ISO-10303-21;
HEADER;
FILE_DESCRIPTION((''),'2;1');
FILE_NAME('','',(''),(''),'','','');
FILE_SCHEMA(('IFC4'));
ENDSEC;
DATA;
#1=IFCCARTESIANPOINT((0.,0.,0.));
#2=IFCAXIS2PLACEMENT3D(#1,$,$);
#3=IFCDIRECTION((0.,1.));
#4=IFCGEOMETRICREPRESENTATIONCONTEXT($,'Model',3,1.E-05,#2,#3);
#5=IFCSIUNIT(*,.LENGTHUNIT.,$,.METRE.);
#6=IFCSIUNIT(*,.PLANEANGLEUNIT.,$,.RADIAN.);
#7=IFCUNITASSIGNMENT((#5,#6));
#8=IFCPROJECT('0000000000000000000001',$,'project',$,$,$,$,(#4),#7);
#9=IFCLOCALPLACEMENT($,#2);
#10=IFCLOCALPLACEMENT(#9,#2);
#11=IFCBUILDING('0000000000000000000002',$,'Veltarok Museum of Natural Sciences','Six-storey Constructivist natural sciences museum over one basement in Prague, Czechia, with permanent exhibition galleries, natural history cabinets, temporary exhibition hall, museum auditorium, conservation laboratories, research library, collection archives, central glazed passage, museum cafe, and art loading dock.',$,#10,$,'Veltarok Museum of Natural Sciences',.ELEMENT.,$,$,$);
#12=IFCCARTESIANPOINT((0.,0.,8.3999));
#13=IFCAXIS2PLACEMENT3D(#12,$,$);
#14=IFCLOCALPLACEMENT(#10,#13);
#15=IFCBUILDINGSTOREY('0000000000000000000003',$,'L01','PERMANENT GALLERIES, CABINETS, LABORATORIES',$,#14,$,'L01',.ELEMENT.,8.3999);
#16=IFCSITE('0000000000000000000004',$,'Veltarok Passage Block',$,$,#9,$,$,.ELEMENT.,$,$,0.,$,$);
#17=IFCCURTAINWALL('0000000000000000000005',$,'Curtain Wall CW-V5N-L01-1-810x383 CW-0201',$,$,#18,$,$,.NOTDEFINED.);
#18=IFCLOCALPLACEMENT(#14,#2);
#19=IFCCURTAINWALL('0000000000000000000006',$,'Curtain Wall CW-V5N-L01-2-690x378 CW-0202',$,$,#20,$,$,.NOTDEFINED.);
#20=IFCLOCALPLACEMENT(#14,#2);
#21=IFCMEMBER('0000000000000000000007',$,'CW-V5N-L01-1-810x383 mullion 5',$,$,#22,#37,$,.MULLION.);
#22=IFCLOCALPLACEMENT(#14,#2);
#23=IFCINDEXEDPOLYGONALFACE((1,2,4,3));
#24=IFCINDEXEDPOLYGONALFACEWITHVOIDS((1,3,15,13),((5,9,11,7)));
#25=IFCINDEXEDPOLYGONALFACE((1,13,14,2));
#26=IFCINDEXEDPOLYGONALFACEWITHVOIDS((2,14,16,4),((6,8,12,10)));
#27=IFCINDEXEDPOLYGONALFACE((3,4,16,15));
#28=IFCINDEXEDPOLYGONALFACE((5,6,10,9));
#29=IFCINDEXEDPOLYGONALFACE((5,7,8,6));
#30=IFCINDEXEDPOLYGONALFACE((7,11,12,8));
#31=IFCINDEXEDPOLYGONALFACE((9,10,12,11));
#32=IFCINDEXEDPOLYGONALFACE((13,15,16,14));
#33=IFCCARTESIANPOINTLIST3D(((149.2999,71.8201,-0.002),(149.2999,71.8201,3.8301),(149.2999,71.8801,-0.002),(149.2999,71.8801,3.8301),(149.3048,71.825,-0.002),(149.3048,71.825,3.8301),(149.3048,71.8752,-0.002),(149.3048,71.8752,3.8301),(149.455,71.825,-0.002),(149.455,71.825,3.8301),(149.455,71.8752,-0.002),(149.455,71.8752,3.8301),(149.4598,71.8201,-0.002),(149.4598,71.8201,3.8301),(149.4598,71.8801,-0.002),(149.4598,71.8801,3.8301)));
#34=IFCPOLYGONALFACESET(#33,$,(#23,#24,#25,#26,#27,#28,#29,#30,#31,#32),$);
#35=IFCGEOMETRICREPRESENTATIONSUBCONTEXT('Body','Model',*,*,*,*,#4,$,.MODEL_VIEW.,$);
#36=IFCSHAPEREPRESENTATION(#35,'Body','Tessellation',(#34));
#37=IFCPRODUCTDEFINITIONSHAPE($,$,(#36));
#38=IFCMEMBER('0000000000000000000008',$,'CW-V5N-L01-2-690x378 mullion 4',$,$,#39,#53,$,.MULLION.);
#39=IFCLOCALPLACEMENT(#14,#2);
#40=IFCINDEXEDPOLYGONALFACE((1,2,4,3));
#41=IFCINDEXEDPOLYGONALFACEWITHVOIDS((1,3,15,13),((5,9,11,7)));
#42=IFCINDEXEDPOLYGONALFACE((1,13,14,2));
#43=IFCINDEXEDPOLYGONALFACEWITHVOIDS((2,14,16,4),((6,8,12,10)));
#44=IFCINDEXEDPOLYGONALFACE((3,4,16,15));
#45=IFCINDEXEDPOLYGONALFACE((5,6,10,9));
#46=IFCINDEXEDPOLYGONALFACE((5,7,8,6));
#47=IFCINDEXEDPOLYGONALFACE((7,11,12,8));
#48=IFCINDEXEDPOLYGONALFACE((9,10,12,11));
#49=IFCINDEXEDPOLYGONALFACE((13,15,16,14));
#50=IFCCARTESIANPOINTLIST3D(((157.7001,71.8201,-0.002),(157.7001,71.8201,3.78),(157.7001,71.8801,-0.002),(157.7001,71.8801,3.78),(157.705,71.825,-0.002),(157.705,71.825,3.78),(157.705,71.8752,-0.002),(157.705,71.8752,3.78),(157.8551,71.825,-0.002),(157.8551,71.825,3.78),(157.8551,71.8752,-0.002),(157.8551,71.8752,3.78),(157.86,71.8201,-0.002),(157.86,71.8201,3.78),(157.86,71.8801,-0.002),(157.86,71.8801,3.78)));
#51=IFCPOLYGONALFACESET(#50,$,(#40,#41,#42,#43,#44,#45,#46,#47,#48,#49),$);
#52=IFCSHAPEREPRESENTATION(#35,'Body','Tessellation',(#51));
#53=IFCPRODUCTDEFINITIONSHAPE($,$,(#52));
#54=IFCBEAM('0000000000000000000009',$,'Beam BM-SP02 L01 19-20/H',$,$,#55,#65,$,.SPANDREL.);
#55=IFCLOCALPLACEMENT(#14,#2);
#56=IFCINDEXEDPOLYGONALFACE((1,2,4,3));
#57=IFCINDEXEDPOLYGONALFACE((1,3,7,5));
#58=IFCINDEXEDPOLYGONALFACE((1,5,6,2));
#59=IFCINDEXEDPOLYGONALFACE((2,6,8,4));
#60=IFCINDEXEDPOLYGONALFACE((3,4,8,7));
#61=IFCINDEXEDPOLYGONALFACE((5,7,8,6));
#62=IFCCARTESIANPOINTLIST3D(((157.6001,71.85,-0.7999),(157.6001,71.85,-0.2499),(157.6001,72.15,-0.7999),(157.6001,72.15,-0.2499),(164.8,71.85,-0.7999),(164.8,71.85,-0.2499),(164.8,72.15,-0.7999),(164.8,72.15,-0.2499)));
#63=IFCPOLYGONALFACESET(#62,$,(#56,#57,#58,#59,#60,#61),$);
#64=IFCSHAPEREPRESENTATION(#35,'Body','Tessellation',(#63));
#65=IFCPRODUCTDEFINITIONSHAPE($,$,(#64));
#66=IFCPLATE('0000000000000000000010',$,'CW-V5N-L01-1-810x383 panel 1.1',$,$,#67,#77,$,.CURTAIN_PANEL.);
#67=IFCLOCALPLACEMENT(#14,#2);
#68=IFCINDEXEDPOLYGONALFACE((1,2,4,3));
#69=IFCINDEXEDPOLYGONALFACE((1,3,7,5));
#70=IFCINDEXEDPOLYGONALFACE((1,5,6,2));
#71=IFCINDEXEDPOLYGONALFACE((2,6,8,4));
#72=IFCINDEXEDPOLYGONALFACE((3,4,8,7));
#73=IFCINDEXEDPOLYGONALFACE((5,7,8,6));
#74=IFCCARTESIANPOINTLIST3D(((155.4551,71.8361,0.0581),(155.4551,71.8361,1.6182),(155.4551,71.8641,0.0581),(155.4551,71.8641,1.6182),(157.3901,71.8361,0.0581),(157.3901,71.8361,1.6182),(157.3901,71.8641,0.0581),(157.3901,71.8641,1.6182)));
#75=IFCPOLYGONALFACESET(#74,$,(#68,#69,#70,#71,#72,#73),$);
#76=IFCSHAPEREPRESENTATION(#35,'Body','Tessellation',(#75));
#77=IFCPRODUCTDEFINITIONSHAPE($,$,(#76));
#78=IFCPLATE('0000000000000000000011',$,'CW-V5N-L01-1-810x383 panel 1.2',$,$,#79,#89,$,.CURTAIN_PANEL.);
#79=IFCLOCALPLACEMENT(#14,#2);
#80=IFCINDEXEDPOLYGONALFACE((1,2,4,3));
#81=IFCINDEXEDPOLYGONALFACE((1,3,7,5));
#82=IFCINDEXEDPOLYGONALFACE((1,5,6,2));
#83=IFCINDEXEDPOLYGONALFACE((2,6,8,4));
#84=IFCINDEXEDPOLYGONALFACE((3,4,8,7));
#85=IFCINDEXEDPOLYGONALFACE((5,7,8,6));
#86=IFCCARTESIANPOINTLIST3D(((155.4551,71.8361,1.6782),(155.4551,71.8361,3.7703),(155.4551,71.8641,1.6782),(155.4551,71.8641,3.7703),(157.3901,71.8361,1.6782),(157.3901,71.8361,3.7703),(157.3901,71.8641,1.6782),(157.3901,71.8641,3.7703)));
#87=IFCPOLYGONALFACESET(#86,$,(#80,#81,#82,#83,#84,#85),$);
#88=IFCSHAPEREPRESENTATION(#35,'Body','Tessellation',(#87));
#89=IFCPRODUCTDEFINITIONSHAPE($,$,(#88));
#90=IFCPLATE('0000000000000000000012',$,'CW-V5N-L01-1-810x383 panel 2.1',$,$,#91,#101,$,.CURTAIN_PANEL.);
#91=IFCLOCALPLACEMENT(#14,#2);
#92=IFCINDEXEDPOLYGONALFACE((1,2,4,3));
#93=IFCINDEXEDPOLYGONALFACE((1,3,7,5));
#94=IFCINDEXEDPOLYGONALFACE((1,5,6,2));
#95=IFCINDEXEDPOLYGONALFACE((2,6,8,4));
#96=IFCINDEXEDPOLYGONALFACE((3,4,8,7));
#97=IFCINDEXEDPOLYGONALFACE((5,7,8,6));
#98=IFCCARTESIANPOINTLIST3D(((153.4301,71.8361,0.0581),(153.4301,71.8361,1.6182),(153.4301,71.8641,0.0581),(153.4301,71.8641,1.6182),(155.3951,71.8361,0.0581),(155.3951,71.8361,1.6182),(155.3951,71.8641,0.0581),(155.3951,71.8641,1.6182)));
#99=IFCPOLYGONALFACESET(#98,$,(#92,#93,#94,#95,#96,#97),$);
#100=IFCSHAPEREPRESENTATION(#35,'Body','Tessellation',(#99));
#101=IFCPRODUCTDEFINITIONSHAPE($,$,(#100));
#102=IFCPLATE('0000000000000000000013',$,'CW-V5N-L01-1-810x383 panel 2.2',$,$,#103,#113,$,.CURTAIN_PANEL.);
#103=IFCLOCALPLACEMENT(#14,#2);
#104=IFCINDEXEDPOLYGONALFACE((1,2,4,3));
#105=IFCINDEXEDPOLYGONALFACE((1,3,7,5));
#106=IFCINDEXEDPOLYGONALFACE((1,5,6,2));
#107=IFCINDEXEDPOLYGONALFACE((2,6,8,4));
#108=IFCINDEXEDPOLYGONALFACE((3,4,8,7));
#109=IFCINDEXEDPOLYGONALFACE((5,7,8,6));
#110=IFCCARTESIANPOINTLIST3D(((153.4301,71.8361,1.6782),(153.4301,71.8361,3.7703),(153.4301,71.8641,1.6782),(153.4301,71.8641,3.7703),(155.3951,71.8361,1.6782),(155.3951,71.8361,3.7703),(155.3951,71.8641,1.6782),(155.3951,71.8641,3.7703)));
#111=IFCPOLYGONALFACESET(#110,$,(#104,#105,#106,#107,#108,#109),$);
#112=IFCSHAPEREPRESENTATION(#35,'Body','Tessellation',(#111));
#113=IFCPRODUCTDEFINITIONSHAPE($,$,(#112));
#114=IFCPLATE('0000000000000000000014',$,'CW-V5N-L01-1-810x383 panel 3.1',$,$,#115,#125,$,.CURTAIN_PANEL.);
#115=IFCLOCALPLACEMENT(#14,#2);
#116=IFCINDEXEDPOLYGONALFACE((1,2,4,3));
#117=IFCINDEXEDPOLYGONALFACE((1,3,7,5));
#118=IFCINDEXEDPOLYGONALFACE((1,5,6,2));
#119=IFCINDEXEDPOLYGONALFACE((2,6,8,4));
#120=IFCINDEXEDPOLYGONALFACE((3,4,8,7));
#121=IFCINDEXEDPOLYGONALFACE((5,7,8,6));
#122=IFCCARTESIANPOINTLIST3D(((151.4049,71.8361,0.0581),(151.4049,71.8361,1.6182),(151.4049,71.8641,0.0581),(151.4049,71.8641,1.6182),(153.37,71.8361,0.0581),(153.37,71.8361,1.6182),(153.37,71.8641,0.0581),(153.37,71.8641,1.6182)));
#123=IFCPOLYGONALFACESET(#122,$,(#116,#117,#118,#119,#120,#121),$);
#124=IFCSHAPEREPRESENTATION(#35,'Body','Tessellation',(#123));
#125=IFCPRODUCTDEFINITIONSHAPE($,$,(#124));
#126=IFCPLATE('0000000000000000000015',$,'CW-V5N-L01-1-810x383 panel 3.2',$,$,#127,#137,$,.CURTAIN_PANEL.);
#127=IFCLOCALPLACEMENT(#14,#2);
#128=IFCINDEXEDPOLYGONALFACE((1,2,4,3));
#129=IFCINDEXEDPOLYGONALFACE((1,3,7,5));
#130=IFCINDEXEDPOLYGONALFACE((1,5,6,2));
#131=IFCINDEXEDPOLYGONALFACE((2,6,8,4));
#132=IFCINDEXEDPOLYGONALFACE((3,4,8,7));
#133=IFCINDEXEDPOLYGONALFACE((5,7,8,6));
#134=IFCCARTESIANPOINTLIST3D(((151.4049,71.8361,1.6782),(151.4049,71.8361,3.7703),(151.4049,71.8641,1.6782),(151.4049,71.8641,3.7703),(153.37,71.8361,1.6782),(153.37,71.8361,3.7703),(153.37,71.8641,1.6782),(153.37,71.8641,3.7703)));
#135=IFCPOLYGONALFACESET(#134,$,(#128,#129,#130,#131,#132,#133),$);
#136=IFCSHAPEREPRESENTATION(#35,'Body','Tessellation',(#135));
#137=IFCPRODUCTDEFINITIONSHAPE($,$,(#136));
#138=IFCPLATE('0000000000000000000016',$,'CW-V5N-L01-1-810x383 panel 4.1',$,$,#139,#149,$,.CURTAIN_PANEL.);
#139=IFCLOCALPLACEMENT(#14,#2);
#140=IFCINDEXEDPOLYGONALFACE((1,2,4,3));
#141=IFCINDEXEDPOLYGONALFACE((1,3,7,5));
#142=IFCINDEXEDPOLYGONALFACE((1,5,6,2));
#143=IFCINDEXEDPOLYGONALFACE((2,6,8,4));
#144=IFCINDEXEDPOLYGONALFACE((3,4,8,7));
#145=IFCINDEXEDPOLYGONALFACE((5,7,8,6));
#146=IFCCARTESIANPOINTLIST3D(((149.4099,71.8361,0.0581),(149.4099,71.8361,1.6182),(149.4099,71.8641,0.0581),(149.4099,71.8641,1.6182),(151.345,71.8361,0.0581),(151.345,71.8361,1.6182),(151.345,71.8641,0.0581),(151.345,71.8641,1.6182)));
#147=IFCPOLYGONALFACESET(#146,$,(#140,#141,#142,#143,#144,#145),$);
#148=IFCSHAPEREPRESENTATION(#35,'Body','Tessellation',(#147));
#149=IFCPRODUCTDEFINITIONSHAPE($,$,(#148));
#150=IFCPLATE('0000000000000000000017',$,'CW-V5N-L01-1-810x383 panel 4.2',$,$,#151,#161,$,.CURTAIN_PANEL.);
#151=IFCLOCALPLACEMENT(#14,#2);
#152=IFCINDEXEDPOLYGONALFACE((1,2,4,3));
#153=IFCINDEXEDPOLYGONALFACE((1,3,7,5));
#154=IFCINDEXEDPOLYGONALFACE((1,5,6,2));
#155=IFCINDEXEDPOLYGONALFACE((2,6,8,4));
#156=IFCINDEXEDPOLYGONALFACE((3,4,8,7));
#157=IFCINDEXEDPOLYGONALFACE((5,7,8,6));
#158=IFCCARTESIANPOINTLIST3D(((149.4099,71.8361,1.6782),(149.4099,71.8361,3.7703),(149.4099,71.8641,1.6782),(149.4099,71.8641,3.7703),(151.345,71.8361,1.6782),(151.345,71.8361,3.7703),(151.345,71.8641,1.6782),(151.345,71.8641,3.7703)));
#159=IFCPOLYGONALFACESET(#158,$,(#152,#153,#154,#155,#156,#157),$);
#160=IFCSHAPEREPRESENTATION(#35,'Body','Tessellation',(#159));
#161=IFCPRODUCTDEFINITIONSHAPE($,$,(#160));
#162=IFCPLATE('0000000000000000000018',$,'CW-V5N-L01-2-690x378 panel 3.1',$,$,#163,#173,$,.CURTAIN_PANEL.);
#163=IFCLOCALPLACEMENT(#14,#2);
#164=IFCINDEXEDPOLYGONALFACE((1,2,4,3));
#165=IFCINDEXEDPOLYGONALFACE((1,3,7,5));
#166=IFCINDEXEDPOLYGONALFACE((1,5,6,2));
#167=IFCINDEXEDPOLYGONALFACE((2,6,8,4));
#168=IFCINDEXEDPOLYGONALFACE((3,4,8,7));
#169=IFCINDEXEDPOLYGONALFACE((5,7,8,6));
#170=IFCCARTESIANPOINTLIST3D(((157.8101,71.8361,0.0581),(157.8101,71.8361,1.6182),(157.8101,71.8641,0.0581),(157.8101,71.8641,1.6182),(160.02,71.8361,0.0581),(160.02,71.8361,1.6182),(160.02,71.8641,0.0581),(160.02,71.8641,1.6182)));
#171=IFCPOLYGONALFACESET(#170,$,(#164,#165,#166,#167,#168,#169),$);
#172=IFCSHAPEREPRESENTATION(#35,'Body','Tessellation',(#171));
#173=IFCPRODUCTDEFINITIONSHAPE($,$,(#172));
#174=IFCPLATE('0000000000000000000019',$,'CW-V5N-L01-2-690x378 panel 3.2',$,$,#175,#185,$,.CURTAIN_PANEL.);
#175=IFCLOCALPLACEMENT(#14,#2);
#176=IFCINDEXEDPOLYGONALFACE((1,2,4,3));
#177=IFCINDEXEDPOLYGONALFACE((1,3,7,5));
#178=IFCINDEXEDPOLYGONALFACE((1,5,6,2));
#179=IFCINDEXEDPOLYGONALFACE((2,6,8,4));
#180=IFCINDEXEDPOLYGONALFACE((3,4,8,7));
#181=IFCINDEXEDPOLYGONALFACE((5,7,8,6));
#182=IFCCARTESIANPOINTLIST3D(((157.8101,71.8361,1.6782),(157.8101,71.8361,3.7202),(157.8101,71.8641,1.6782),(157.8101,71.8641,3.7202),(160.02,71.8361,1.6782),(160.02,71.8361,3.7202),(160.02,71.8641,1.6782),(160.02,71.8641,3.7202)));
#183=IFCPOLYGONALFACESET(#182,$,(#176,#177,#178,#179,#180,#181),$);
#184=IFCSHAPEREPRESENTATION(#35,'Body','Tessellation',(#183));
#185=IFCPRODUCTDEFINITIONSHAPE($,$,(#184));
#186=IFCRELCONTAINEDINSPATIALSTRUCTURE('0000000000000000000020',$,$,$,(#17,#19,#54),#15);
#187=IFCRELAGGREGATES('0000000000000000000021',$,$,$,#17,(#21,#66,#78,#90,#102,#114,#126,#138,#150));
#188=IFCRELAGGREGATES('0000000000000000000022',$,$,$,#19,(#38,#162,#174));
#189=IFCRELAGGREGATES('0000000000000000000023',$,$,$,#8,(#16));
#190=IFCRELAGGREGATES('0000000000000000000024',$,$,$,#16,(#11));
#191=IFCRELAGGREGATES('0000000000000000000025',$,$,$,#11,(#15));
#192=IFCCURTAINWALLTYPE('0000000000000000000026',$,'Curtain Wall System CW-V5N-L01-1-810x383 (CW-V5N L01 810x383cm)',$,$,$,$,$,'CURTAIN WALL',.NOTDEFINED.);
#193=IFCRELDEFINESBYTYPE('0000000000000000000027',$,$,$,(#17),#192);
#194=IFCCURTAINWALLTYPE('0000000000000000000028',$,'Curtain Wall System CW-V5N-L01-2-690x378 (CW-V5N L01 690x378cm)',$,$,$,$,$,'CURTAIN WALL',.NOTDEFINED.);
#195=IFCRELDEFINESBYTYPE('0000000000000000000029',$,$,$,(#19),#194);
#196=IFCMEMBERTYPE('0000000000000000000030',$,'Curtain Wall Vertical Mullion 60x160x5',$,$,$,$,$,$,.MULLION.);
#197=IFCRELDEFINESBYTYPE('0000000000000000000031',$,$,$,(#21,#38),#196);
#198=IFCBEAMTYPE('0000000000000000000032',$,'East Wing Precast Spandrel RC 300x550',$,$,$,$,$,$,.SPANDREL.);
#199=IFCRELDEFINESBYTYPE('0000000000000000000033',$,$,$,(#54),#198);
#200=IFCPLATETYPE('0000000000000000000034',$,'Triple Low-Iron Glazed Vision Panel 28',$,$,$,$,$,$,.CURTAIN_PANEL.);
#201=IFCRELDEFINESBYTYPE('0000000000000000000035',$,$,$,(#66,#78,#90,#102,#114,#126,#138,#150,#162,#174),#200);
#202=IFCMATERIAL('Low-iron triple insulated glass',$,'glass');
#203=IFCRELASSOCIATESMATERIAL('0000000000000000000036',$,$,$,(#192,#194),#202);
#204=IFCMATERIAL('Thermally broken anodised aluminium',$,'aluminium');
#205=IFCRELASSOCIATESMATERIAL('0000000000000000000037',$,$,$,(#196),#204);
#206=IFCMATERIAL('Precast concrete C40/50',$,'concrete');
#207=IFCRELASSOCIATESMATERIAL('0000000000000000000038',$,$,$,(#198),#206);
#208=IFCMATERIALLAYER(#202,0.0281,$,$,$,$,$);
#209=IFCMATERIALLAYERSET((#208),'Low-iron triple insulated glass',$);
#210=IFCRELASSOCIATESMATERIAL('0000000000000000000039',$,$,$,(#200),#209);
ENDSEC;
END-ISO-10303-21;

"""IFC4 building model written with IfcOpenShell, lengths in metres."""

from ifc_helpers import new_model, si_unit, direction, frame, origin, origin_2d, place, context, subcontext, project, spatial, rectangle, hollow_rectangle, extrude, material, layer, layer_set, material_profile, profile_set, type_object, element, aggregate, save


model = new_model("IFC4")

# Units and contexts
model_context = context("Model", 3, precision=1e-05, world=origin(), true_north=direction((0.0, 1.0)))
body_context = subcontext(model_context, "Body", "Model", "MODEL_VIEW")
ifc_project = project(units=[si_unit("LENGTHUNIT", "METRE"), si_unit("PLANEANGLEUNIT", "RADIAN")], contexts=[model_context])

# Site, building, storey
site_placement = place(None, origin())
site = spatial("IfcSite", under=ifc_project, at=site_placement, Name="Veltarok Passage Block", CompositionType="ELEMENT", RefElevation=0.0)
building_placement = place(site_placement, origin())
building = spatial("IfcBuilding", under=site, at=building_placement, Name="Veltarok Museum of Natural Sciences", Description="Six-storey Constructivist natural sciences museum over one basement in Prague, Czechia, with permanent exhibition galleries, natural history cabinets, temporary exhibition hall, museum auditorium, conservation laboratories, research library, collection archives, central glazed passage, museum cafe, and art loading dock.", LongName="Veltarok Museum of Natural Sciences", CompositionType="ELEMENT")
storey_placement = place(building_placement, frame((0.0, 0.0, 8.3999)))
storey = spatial("IfcBuildingStorey", under=building, at=storey_placement, Name="L01", Description="PERMANENT GALLERIES, CABINETS, LABORATORIES", LongName="L01", CompositionType="ELEMENT", Elevation=8.3999)

# Curtain walls
ifc_material_1 = material(Name="Low-iron triple insulated glass", Category="glass")
curtain_wall_type_1 = type_object("IfcCurtainWallType", Name="Curtain Wall System CW-V5N-L01-1-810x383 (CW-V5N L01 810x383cm)", ElementType="CURTAIN WALL", PredefinedType="NOTDEFINED", material=ifc_material_1)
curtain_wall_1_placement = place(storey_placement, origin())
curtain_wall_1 = element("IfcCurtainWall", 1, at=curtain_wall_1_placement, inside=storey, type_object=curtain_wall_type_1, Name="Curtain Wall CW-V5N-L01-1-810x383 CW-0201", PredefinedType="NOTDEFINED")
ifc_material_2 = material(Name="Thermally broken anodised aluminium", Category="aluminium")
curtain_wall_type_2 = type_object("IfcCurtainWallType", Name="Curtain Wall System CW-V5N-L01-2-690x378 (CW-V5N L01 690x378cm)", ElementType="CURTAIN WALL", PredefinedType="NOTDEFINED", material=ifc_material_1)
curtain_wall_2_placement = place(storey_placement, origin())
curtain_wall_2 = element("IfcCurtainWall", 2, at=curtain_wall_2_placement, inside=storey, type_object=curtain_wall_type_2, Name="Curtain Wall CW-V5N-L01-2-690x378 CW-0202", PredefinedType="NOTDEFINED")

# Members
ifc_material_profile_1 = material_profile(ifc_material_2, hollow_rectangle(XDim=0.0601, YDim=0.1599, WallThickness=0.0049, at=origin_2d()), Name="CW MULLION 60x160x5")
ifc_profile_set_1 = profile_set([ifc_material_profile_1], Name="Thermally broken anodised aluminium")
member_type_1 = type_object("IfcMemberType", Name="Curtain Wall Vertical Mullion 60x160x5", PredefinedType="MULLION", material=ifc_profile_set_1)
member_1_placement = place(storey_placement, frame((149.3799, 71.8501, -0.002), z_axis=(0.0, 0.0, 1.0), x_axis=(0.0, -1.0, 0.0)))
member_1 = element("IfcMember", 3, at=member_1_placement, type_object=member_type_1, Name="CW-V5N-L01-1-810x383 mullion 5", PredefinedType="MULLION", context=body_context, shape_type="SweptSolid", body=[
    extrude(hollow_rectangle(XDim=0.0601, YDim=0.1599, WallThickness=0.0049, at=origin_2d()), origin(), (0.0, 0.0, 1.0), 3.832),
])
member_2_placement = place(storey_placement, frame((157.78, 71.8501, -0.002), z_axis=(0.0, 0.0, 1.0), x_axis=(0.0, -1.0, 0.0)))
member_2 = element("IfcMember", 4, at=member_2_placement, type_object=member_type_1, Name="CW-V5N-L01-2-690x378 mullion 4", PredefinedType="MULLION", context=body_context, shape_type="SweptSolid", body=[
    extrude(hollow_rectangle(XDim=0.0601, YDim=0.1599, WallThickness=0.0049, at=origin_2d()), origin(), (0.0, 0.0, 1.0), 3.782),
])

# Beam
ifc_material_3 = material(Name="Precast concrete C40/50", Category="concrete")
ifc_material_profile_2 = material_profile(ifc_material_3, rectangle(XDim=0.3, YDim=0.55, at=origin_2d()), Name="RC 300x550")
ifc_profile_set_2 = profile_set([ifc_material_profile_2], Name="Precast concrete C40/50")
beam_type = type_object("IfcBeamType", Name="East Wing Precast Spandrel RC 300x550", PredefinedType="SPANDREL", material=ifc_profile_set_2)
beam_placement = place(storey_placement, frame((157.6001, 72.0, -0.5249), z_axis=(1.0, 0.0, 0.0), x_axis=(0.0, 1.0, 0.0)))
element("IfcBeam", 5, at=beam_placement, inside=storey, type_object=beam_type, Name="Beam BM-SP02 L01 19-20/H", PredefinedType="SPANDREL", context=body_context, shape_type="SweptSolid", body=[
    extrude(rectangle(XDim=0.3, YDim=0.55, at=origin_2d()), origin(), (0.0, 0.0, 1.0), 7.2),
])

# Plates
ifc_layer = layer(ifc_material_1, 0.0281)
ifc_layer_set = layer_set([ifc_layer], Name="Low-iron triple insulated glass")
plate_type = type_object("IfcPlateType", Name="Triple Low-Iron Glazed Vision Panel 28", PredefinedType="CURTAIN_PANEL", material=ifc_layer_set)
plate_1_placement = place(storey_placement, frame((156.4226, 71.8501, 0.0581), z_axis=(0.0, 0.0, 1.0), x_axis=(-1.0, 0.0, 0.0)))
plate_1 = element("IfcPlate", 6, at=plate_1_placement, type_object=plate_type, Name="CW-V5N-L01-1-810x383 panel 1.1", PredefinedType="CURTAIN_PANEL", context=body_context, shape_type="SweptSolid", body=[
    extrude(rectangle(XDim=1.9351, YDim=0.0281, at=origin_2d()), origin(), (0.0, 0.0, 1.0), 1.5601),
])
plate_2_placement = place(storey_placement, frame((156.4226, 71.8501, 1.6782), z_axis=(0.0, 0.0, 1.0), x_axis=(-1.0, 0.0, 0.0)))
plate_2 = element("IfcPlate", 7, at=plate_2_placement, type_object=plate_type, Name="CW-V5N-L01-1-810x383 panel 1.2", PredefinedType="CURTAIN_PANEL", context=body_context, shape_type="SweptSolid", body=[
    extrude(rectangle(XDim=1.9351, YDim=0.0281, at=origin_2d()), origin(), (0.0, 0.0, 1.0), 2.092),
])
plate_3_placement = place(storey_placement, frame((154.4126, 71.8501, 0.0581), z_axis=(0.0, 0.0, 1.0), x_axis=(-1.0, 0.0, 0.0)))
plate_3 = element("IfcPlate", 8, at=plate_3_placement, type_object=plate_type, Name="CW-V5N-L01-1-810x383 panel 2.1", PredefinedType="CURTAIN_PANEL", context=body_context, shape_type="SweptSolid", body=[
    extrude(rectangle(XDim=1.9651, YDim=0.0281, at=origin_2d()), origin(), (0.0, 0.0, 1.0), 1.5601),
])
plate_4_placement = place(storey_placement, frame((154.4126, 71.8501, 1.6782), z_axis=(0.0, 0.0, 1.0), x_axis=(-1.0, 0.0, 0.0)))
plate_4 = element("IfcPlate", 9, at=plate_4_placement, type_object=plate_type, Name="CW-V5N-L01-1-810x383 panel 2.2", PredefinedType="CURTAIN_PANEL", context=body_context, shape_type="SweptSolid", body=[
    extrude(rectangle(XDim=1.9651, YDim=0.0281, at=origin_2d()), origin(), (0.0, 0.0, 1.0), 2.092),
])
plate_5_placement = place(storey_placement, frame((152.3875, 71.8501, 0.0581), z_axis=(0.0, 0.0, 1.0), x_axis=(-1.0, 0.0, 0.0)))
plate_5 = element("IfcPlate", 10, at=plate_5_placement, type_object=plate_type, Name="CW-V5N-L01-1-810x383 panel 3.1", PredefinedType="CURTAIN_PANEL", context=body_context, shape_type="SweptSolid", body=[
    extrude(rectangle(XDim=1.9651, YDim=0.0281, at=origin_2d()), origin(), (0.0, 0.0, 1.0), 1.5601),
])
plate_6_placement = place(storey_placement, frame((152.3875, 71.8501, 1.6782), z_axis=(0.0, 0.0, 1.0), x_axis=(-1.0, 0.0, 0.0)))
plate_6 = element("IfcPlate", 11, at=plate_6_placement, type_object=plate_type, Name="CW-V5N-L01-1-810x383 panel 3.2", PredefinedType="CURTAIN_PANEL", context=body_context, shape_type="SweptSolid", body=[
    extrude(rectangle(XDim=1.9651, YDim=0.0281, at=origin_2d()), origin(), (0.0, 0.0, 1.0), 2.092),
])
plate_7_placement = place(storey_placement, frame((150.3774, 71.8501, 0.0581), z_axis=(0.0, 0.0, 1.0), x_axis=(-1.0, 0.0, 0.0)))
plate_7 = element("IfcPlate", 12, at=plate_7_placement, type_object=plate_type, Name="CW-V5N-L01-1-810x383 panel 4.1", PredefinedType="CURTAIN_PANEL", context=body_context, shape_type="SweptSolid", body=[
    extrude(rectangle(XDim=1.9351, YDim=0.0281, at=origin_2d()), origin(), (0.0, 0.0, 1.0), 1.5601),
])
plate_8_placement = place(storey_placement, frame((150.3774, 71.8501, 1.6782), z_axis=(0.0, 0.0, 1.0), x_axis=(-1.0, 0.0, 0.0)))
plate_8 = element("IfcPlate", 13, at=plate_8_placement, type_object=plate_type, Name="CW-V5N-L01-1-810x383 panel 4.2", PredefinedType="CURTAIN_PANEL", context=body_context, shape_type="SweptSolid", body=[
    extrude(rectangle(XDim=1.9351, YDim=0.0281, at=origin_2d()), origin(), (0.0, 0.0, 1.0), 2.092),
])
aggregate(curtain_wall_1, [member_1, plate_1, plate_2, plate_3, plate_4, plate_5, plate_6, plate_7, plate_8])
plate_9_placement = place(storey_placement, frame((158.915, 71.8501, 0.0581), z_axis=(0.0, 0.0, 1.0), x_axis=(-1.0, 0.0, 0.0)))
plate_9 = element("IfcPlate", 14, at=plate_9_placement, type_object=plate_type, Name="CW-V5N-L01-2-690x378 panel 3.1", PredefinedType="CURTAIN_PANEL", context=body_context, shape_type="SweptSolid", body=[
    extrude(rectangle(XDim=2.21, YDim=0.0281, at=origin_2d()), origin(), (0.0, 0.0, 1.0), 1.5601),
])
plate_10_placement = place(storey_placement, frame((158.915, 71.8501, 1.6782), z_axis=(0.0, 0.0, 1.0), x_axis=(-1.0, 0.0, 0.0)))
plate_10 = element("IfcPlate", 15, at=plate_10_placement, type_object=plate_type, Name="CW-V5N-L01-2-690x378 panel 3.2", PredefinedType="CURTAIN_PANEL", context=body_context, shape_type="SweptSolid", body=[
    extrude(rectangle(XDim=2.21, YDim=0.0281, at=origin_2d()), origin(), (0.0, 0.0, 1.0), 2.042),
])
aggregate(curtain_wall_2, [member_2, plate_9, plate_10])

save(model, "model.ifc")
